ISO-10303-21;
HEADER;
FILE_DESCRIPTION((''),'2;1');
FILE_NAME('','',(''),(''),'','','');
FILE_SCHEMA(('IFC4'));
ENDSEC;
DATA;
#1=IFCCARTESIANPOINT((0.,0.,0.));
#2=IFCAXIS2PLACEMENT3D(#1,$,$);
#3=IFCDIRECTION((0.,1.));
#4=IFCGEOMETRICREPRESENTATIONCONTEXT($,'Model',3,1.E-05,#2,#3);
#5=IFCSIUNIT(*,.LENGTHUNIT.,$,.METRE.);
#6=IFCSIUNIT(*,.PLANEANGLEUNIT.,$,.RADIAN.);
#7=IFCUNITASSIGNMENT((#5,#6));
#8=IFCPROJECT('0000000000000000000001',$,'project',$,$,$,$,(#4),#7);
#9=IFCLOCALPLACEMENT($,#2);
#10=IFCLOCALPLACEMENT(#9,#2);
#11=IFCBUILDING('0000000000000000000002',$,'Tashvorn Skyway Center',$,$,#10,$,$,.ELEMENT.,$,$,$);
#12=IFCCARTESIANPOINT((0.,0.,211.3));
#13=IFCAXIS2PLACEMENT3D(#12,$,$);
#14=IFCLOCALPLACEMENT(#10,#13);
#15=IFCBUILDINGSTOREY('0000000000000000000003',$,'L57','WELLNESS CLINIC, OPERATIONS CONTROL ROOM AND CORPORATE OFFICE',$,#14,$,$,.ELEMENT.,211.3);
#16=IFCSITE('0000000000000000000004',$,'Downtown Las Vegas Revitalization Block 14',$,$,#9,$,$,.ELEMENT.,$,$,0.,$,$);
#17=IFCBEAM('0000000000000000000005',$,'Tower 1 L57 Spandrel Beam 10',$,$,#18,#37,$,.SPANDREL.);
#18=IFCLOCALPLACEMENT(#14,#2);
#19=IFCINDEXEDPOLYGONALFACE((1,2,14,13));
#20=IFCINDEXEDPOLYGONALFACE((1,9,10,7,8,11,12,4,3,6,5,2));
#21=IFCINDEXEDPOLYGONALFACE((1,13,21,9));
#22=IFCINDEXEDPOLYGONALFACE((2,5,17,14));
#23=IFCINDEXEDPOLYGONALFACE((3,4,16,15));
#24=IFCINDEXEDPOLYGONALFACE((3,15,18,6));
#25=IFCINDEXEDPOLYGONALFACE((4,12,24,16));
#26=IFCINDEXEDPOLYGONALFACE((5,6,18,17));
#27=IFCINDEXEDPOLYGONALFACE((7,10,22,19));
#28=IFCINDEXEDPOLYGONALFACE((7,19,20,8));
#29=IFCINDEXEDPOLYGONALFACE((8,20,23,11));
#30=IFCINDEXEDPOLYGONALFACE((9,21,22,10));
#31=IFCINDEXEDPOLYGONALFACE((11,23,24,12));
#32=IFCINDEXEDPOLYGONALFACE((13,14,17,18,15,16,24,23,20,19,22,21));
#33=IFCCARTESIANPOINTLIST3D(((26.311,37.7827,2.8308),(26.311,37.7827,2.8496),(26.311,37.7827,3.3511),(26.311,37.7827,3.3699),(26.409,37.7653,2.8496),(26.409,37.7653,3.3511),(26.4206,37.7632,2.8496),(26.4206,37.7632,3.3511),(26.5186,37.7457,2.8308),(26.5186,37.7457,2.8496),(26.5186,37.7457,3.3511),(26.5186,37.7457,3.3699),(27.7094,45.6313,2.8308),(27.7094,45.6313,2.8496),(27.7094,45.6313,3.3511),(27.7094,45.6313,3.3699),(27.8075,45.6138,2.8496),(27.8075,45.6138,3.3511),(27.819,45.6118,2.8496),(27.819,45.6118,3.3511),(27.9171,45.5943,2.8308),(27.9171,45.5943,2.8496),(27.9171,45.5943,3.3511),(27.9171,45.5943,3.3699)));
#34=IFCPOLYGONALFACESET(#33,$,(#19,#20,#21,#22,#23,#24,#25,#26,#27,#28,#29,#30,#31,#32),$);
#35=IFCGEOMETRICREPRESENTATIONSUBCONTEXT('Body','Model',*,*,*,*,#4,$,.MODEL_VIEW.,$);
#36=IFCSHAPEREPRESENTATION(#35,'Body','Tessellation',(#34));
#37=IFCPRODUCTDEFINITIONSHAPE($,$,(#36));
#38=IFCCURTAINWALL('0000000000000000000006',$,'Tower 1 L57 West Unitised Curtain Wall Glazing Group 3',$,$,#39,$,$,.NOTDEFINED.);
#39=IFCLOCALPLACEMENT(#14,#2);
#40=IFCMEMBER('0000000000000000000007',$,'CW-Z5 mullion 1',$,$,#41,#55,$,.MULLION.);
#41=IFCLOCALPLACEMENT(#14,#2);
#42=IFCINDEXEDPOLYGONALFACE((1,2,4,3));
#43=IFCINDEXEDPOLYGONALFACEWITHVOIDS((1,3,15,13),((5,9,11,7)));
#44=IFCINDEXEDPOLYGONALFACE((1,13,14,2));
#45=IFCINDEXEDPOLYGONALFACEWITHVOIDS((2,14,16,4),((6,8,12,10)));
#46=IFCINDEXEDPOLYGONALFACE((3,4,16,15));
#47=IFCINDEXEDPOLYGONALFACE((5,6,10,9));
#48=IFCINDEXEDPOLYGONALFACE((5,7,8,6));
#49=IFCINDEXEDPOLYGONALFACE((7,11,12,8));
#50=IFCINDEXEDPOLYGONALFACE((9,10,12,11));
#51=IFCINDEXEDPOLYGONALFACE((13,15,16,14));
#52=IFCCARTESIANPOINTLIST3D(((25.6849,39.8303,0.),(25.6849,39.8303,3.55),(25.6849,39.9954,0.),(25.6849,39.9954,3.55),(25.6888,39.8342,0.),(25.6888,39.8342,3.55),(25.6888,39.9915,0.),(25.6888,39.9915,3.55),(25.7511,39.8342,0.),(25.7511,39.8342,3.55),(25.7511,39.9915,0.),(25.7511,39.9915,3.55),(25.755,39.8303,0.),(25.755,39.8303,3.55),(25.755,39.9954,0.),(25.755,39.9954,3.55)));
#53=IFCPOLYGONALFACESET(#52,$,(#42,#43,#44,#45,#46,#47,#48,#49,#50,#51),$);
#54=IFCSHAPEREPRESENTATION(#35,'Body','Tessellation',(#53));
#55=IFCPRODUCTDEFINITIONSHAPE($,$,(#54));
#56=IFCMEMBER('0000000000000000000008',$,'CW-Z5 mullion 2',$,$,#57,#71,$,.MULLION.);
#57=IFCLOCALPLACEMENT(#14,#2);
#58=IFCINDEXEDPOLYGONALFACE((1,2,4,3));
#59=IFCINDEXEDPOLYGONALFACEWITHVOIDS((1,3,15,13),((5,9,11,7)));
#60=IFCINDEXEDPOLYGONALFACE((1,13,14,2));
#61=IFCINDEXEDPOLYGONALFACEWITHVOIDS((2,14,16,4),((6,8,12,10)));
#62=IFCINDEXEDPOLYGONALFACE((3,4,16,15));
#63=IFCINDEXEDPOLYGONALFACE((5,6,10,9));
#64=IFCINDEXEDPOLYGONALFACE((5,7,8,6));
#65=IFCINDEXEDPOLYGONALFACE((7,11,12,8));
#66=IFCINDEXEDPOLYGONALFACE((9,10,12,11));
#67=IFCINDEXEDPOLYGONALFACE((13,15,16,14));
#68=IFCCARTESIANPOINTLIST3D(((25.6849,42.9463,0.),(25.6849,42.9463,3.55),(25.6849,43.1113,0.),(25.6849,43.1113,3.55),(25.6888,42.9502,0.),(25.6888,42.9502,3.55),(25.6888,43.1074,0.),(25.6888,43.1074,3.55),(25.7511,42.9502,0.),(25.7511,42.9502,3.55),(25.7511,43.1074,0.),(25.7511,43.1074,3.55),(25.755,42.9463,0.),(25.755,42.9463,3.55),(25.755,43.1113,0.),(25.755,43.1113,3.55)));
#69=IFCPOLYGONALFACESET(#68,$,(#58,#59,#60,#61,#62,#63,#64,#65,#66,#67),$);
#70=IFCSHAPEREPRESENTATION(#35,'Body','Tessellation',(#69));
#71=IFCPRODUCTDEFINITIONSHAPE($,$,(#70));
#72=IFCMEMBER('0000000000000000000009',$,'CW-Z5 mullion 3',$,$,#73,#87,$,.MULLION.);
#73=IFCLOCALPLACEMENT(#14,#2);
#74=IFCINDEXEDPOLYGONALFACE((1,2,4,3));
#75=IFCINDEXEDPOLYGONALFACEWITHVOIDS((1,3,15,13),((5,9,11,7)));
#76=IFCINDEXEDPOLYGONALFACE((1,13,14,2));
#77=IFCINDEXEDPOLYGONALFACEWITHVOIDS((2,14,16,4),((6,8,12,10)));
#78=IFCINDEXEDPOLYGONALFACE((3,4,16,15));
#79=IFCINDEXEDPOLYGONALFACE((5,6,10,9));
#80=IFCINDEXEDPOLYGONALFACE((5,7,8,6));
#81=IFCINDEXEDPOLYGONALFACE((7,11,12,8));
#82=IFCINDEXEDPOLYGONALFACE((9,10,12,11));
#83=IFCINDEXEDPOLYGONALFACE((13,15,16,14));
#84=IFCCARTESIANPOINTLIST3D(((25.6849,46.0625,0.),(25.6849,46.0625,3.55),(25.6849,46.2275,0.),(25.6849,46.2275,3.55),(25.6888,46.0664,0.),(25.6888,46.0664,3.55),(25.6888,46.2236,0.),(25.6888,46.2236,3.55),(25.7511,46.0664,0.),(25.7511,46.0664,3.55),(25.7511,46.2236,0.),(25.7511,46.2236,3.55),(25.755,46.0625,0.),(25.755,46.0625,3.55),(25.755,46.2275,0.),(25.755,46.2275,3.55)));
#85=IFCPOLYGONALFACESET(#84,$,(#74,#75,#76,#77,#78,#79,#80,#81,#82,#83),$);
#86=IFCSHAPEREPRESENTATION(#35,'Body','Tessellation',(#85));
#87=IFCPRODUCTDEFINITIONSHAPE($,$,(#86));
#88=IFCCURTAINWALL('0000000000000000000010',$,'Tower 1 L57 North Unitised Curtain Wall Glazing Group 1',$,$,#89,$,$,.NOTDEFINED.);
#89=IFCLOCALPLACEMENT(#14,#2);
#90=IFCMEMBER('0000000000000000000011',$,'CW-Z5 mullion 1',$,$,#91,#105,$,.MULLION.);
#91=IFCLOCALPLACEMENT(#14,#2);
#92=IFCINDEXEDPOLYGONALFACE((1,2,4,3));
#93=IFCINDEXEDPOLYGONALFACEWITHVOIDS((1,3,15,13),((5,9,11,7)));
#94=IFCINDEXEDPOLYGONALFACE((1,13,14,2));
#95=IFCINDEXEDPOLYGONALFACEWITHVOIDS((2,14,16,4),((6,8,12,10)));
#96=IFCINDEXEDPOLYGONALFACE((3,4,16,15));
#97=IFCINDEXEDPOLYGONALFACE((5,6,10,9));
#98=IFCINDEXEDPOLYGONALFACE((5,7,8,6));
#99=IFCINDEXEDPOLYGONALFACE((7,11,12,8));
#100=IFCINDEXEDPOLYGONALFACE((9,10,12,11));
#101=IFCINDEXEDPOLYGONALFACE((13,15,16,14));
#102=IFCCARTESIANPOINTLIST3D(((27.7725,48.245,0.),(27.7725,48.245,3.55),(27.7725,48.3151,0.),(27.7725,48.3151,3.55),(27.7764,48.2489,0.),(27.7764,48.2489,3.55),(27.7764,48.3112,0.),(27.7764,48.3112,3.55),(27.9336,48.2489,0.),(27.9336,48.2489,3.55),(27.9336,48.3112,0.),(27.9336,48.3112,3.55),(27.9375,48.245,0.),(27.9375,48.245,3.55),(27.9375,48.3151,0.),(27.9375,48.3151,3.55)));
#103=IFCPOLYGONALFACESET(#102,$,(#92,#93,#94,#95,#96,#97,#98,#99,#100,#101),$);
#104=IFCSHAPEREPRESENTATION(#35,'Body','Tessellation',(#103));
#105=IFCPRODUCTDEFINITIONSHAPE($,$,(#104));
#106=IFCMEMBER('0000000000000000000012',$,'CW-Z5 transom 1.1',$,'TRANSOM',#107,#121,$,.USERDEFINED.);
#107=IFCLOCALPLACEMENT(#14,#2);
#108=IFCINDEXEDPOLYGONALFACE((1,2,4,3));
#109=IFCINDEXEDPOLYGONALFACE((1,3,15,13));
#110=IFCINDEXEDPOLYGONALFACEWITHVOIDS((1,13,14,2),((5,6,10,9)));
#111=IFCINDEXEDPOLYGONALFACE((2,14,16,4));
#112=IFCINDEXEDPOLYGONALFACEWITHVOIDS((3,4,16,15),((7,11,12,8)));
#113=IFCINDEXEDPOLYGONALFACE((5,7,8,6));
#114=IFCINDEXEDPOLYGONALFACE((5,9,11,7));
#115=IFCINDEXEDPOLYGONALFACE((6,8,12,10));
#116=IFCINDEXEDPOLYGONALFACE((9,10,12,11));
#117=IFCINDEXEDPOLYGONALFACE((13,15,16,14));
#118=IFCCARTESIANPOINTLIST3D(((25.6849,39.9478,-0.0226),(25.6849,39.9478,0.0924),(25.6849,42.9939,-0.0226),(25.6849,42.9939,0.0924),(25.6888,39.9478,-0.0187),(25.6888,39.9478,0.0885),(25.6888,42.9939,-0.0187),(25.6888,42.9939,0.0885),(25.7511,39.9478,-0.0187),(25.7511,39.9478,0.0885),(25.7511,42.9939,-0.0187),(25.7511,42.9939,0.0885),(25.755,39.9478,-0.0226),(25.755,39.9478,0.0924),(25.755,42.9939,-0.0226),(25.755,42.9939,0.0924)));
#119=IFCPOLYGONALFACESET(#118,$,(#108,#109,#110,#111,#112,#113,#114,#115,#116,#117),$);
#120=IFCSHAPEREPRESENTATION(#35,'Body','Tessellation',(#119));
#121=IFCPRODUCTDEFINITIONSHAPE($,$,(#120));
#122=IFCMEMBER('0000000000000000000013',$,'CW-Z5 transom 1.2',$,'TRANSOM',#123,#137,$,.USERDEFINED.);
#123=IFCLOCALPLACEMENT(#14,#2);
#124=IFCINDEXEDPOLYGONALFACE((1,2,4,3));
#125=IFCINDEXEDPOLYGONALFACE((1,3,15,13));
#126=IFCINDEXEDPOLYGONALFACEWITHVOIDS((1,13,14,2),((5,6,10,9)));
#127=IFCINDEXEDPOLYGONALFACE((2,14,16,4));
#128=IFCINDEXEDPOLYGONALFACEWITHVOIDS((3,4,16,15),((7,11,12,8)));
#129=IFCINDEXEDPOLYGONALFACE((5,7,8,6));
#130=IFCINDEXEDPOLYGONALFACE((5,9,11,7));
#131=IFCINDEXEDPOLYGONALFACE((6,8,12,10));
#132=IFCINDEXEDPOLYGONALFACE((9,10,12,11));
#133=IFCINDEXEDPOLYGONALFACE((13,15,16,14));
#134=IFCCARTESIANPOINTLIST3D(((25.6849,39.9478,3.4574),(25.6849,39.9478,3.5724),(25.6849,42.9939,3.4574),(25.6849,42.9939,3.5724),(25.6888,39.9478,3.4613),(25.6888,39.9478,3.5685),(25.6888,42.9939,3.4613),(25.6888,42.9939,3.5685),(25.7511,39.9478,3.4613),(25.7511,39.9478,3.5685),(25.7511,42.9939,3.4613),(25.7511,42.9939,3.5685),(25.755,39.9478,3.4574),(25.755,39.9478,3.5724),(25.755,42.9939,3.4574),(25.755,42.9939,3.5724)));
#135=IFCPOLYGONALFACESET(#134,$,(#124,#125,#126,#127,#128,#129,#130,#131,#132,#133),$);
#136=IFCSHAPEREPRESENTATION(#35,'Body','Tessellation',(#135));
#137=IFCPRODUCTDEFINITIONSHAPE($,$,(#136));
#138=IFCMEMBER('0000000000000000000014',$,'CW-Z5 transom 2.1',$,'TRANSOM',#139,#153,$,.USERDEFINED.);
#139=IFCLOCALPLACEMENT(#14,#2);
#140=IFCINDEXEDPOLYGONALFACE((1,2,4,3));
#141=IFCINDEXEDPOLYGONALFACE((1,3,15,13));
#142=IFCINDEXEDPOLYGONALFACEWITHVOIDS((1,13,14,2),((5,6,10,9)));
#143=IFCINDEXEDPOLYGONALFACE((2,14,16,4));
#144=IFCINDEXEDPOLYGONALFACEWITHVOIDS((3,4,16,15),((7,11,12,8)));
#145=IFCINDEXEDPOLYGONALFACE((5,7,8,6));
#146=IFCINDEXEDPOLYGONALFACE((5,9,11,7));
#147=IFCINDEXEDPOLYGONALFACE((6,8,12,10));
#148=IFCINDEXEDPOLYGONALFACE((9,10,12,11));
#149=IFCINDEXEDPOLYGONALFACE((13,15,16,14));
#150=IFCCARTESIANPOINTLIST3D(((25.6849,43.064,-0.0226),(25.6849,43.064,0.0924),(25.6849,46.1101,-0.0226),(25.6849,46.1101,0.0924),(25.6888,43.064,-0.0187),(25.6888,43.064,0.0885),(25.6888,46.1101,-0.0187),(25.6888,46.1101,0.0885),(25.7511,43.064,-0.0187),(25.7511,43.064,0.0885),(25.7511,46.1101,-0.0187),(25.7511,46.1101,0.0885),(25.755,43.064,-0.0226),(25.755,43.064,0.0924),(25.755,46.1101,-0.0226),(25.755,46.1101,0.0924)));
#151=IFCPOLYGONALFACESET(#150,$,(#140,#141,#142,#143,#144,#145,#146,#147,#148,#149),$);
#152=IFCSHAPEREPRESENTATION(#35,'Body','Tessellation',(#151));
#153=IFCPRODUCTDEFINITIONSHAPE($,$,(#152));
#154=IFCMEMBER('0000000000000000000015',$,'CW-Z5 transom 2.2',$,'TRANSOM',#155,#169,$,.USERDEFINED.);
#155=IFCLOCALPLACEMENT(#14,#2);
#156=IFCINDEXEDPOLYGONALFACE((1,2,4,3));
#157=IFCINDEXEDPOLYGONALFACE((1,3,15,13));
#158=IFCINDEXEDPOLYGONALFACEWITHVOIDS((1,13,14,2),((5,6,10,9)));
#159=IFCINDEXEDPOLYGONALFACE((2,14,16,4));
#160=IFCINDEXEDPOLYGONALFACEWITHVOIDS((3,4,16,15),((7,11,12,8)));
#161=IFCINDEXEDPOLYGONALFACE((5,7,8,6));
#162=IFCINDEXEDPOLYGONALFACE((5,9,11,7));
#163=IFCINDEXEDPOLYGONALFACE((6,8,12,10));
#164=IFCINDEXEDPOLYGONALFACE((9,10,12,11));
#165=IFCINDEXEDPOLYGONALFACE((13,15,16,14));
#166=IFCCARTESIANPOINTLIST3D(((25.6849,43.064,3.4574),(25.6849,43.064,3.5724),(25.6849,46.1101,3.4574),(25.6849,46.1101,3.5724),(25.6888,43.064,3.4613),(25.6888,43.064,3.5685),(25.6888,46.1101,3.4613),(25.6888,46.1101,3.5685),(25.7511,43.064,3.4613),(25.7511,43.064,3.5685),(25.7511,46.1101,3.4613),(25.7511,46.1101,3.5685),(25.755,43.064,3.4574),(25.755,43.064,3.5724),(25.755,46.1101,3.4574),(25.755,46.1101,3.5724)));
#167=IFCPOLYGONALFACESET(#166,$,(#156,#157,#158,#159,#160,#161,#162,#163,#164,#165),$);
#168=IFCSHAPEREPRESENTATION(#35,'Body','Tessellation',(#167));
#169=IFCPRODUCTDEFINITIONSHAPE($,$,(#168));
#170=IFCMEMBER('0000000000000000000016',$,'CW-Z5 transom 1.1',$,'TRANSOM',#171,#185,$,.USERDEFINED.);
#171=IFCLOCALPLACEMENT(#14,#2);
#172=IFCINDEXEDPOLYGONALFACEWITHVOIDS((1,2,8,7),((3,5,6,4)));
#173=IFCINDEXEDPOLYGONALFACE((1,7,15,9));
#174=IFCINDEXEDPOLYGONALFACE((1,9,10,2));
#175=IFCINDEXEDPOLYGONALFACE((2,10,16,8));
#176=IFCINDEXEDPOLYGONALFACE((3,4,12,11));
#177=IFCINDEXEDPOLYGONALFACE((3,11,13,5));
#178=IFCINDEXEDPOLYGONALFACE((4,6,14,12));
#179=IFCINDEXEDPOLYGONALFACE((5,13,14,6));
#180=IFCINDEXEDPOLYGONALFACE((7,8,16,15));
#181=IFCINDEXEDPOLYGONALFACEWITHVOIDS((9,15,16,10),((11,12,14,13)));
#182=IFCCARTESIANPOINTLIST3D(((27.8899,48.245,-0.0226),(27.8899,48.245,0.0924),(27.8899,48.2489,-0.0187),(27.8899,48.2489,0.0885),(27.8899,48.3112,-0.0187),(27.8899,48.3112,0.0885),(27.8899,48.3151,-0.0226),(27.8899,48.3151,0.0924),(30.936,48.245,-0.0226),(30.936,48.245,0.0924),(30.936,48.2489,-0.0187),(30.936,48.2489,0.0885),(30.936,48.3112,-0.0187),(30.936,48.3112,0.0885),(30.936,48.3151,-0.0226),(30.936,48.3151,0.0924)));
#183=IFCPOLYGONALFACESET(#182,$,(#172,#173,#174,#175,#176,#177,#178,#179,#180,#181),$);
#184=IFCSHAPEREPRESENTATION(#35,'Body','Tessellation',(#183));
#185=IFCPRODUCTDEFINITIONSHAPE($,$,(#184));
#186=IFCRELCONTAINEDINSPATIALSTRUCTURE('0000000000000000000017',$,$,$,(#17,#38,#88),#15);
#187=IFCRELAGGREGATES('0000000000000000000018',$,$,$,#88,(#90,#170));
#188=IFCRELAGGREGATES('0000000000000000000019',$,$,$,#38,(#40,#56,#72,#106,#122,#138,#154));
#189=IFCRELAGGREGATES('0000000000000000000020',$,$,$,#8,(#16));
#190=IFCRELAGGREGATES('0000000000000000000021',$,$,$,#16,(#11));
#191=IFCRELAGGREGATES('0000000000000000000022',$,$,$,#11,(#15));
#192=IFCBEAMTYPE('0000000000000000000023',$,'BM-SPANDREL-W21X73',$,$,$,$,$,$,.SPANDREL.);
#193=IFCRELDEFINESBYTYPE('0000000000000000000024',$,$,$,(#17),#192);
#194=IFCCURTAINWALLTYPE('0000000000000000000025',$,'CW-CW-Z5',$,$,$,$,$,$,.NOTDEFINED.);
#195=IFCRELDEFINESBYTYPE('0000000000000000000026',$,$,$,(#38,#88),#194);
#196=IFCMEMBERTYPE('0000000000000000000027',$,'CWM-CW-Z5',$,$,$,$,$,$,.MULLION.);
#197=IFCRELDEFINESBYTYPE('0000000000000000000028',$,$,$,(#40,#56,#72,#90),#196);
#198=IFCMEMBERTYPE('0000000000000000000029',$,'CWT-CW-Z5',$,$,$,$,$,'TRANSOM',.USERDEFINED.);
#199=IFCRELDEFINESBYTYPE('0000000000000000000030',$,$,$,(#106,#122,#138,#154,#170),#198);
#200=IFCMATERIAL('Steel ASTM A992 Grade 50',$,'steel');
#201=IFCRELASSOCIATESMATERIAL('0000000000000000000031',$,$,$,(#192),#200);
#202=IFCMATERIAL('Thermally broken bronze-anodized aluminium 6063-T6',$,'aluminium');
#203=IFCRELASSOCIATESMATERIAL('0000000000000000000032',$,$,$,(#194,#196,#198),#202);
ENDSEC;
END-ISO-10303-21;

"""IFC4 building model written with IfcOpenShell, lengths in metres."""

from ifc_helpers import new_model, si_unit, direction, frame, origin, origin_2d, place, context, subcontext, project, spatial, hollow_rectangle, i_section, extrude, material, material_profile, profile_set, type_object, element, aggregate, save


model = new_model("IFC4")

# Units and contexts
model_context = context("Model", 3, precision=1e-05, world=origin(), true_north=direction((0.0, 1.0)))
body_context = subcontext(model_context, "Body", "Model", "MODEL_VIEW")
ifc_project = project(units=[si_unit("LENGTHUNIT", "METRE"), si_unit("PLANEANGLEUNIT", "RADIAN")], contexts=[model_context])

# Site, building, storey
site_placement = place(None, origin())
site = spatial("IfcSite", under=ifc_project, at=site_placement, Name="Downtown Las Vegas Revitalization Block 14", CompositionType="ELEMENT", RefElevation=0.0)
building_placement = place(site_placement, origin())
building = spatial("IfcBuilding", under=site, at=building_placement, Name="Tashvorn Skyway Center", CompositionType="ELEMENT")
storey_placement = place(building_placement, frame((0.0, 0.0, 211.3)))
storey = spatial("IfcBuildingStorey", under=building, at=storey_placement, Name="L57", Description="WELLNESS CLINIC, OPERATIONS CONTROL ROOM AND CORPORATE OFFICE", CompositionType="ELEMENT", Elevation=211.3)

# Beam
ifc_material_1 = material(Name="Steel ASTM A992 Grade 50", Category="steel")
ifc_material_profile_1 = material_profile(ifc_material_1, i_section(OverallWidth=0.2109, OverallDepth=0.5391, WebThickness=0.0117, FlangeThickness=0.0188, at=origin_2d()), Name="W21X73")
ifc_profile_set_1 = profile_set([ifc_material_profile_1], Name="Steel ASTM A992 Grade 50")
beam_type = type_object("IfcBeamType", Name="BM-SPANDREL-W21X73", PredefinedType="SPANDREL", material=ifc_profile_set_1)
beam_placement = place(storey_placement, frame((27.8132, 45.6128, 3.1003), z_axis=(-0.175413, -0.984495, 0.0), x_axis=(0.984495, -0.175413, 0.0)))
element("IfcBeam", 1, at=beam_placement, inside=storey, type_object=beam_type, Name="Tower 1 L57 Spandrel Beam 10", PredefinedType="SPANDREL", context=body_context, shape_type="SweptSolid", body=[
    extrude(i_section(OverallWidth=0.2109, OverallDepth=0.5391, WebThickness=0.0117, FlangeThickness=0.0188, at=origin_2d()), origin(), (0.0, 0.0, 1.0), 7.9722),
])

# Curtain wall, members
ifc_material_2 = material(Name="Thermally broken bronze-anodized aluminium 6063-T6", Category="aluminium")
curtain_wall_type = type_object("IfcCurtainWallType", Name="CW-CW-Z5", PredefinedType="NOTDEFINED", material=ifc_material_2)
curtain_wall_1_placement = place(storey_placement, origin())
curtain_wall_1 = element("IfcCurtainWall", 2, at=curtain_wall_1_placement, inside=storey, type_object=curtain_wall_type, Name="Tower 1 L57 West Unitised Curtain Wall Glazing Group 3", PredefinedType="NOTDEFINED")
ifc_material_profile_2 = material_profile(ifc_material_2, hollow_rectangle(XDim=0.0701, YDim=0.165, WallThickness=0.0039, at=origin_2d()), Name="ALU-MULL-70x165")
ifc_profile_set_2 = profile_set([ifc_material_profile_2], Name="Thermally broken bronze-anodized aluminium 6063-T6")
member_type_1 = type_object("IfcMemberType", Name="CWM-CW-Z5", PredefinedType="MULLION", material=ifc_profile_set_2)
member_1_placement = place(storey_placement, frame((25.72, 39.9128, 0.0), z_axis=(0.0, 0.0, 1.0), x_axis=(-1.0, 0.0, 0.0)))
member_1 = element("IfcMember", 3, at=member_1_placement, type_object=member_type_1, Name="CW-Z5 mullion 1", PredefinedType="MULLION", context=body_context, shape_type="SweptSolid", body=[
    extrude(hollow_rectangle(XDim=0.0701, YDim=0.165, WallThickness=0.0039, at=origin_2d()), origin(), (0.0, 0.0, 1.0), 3.55),
])
member_2_placement = place(storey_placement, frame((25.72, 43.0288, 0.0), z_axis=(0.0, 0.0, 1.0), x_axis=(-1.0, 0.0, 0.0)))
member_2 = element("IfcMember", 4, at=member_2_placement, type_object=member_type_1, Name="CW-Z5 mullion 2", PredefinedType="MULLION", context=body_context, shape_type="SweptSolid", body=[
    extrude(hollow_rectangle(XDim=0.0701, YDim=0.165, WallThickness=0.0039, at=origin_2d()), origin(), (0.0, 0.0, 1.0), 3.55),
])
member_3_placement = place(storey_placement, frame((25.72, 46.145, 0.0), z_axis=(0.0, 0.0, 1.0), x_axis=(-1.0, 0.0, 0.0)))
member_3 = element("IfcMember", 5, at=member_3_placement, type_object=member_type_1, Name="CW-Z5 mullion 3", PredefinedType="MULLION", context=body_context, shape_type="SweptSolid", body=[
    extrude(hollow_rectangle(XDim=0.0701, YDim=0.165, WallThickness=0.0039, at=origin_2d()), origin(), (0.0, 0.0, 1.0), 3.55),
])

# Curtain wall, member
curtain_wall_2_placement = place(storey_placement, origin())
curtain_wall_2 = element("IfcCurtainWall", 6, at=curtain_wall_2_placement, inside=storey, type_object=curtain_wall_type, Name="Tower 1 L57 North Unitised Curtain Wall Glazing Group 1", PredefinedType="NOTDEFINED")
member_4_placement = place(storey_placement, frame((27.855, 48.28, 0.0), z_axis=(0.0, 0.0, 1.0), x_axis=(0.0, 1.0, 0.0)))
member_4 = element("IfcMember", 7, at=member_4_placement, type_object=member_type_1, Name="CW-Z5 mullion 1", PredefinedType="MULLION", context=body_context, shape_type="SweptSolid", body=[
    extrude(hollow_rectangle(XDim=0.0701, YDim=0.165, WallThickness=0.0039, at=origin_2d()), origin(), (0.0, 0.0, 1.0), 3.55),
])

# Members
ifc_material_profile_3 = material_profile(ifc_material_2, hollow_rectangle(XDim=0.0701, YDim=0.115, WallThickness=0.0039, at=origin_2d()), Name="ALU-TRAN-70x115")
ifc_profile_set_3 = profile_set([ifc_material_profile_3], Name="Thermally broken bronze-anodized aluminium 6063-T6")
member_type_2 = type_object("IfcMemberType", Name="CWT-CW-Z5", ElementType="TRANSOM", PredefinedType="USERDEFINED", material=ifc_profile_set_3)
member_5_placement = place(storey_placement, frame((25.72, 39.9478, 0.0349), z_axis=(0.0, 1.0, 0.0), x_axis=(-1.0, 0.0, 0.0)))
member_5 = element("IfcMember", 8, at=member_5_placement, type_object=member_type_2, Name="CW-Z5 transom 1.1", ObjectType="TRANSOM", PredefinedType="USERDEFINED", context=body_context, shape_type="SweptSolid", body=[
    extrude(hollow_rectangle(XDim=0.0701, YDim=0.115, WallThickness=0.0039, at=origin_2d()), origin(), (0.0, 0.0, 1.0), 3.0461),
])
member_6_placement = place(storey_placement, frame((25.72, 39.9478, 3.5149), z_axis=(0.0, 1.0, 0.0), x_axis=(-1.0, 0.0, 0.0)))
member_6 = element("IfcMember", 9, at=member_6_placement, type_object=member_type_2, Name="CW-Z5 transom 1.2", ObjectType="TRANSOM", PredefinedType="USERDEFINED", context=body_context, shape_type="SweptSolid", body=[
    extrude(hollow_rectangle(XDim=0.0701, YDim=0.115, WallThickness=0.0039, at=origin_2d()), origin(), (0.0, 0.0, 1.0), 3.0461),
])
member_7_placement = place(storey_placement, frame((25.72, 43.064, 0.0349), z_axis=(0.0, 1.0, 0.0), x_axis=(-1.0, 0.0, 0.0)))
member_7 = element("IfcMember", 10, at=member_7_placement, type_object=member_type_2, Name="CW-Z5 transom 2.1", ObjectType="TRANSOM", PredefinedType="USERDEFINED", context=body_context, shape_type="SweptSolid", body=[
    extrude(hollow_rectangle(XDim=0.0701, YDim=0.115, WallThickness=0.0039, at=origin_2d()), origin(), (0.0, 0.0, 1.0), 3.0461),
])
member_8_placement = place(storey_placement, frame((25.72, 43.064, 3.5149), z_axis=(0.0, 1.0, 0.0), x_axis=(-1.0, 0.0, 0.0)))
member_8 = element("IfcMember", 11, at=member_8_placement, type_object=member_type_2, Name="CW-Z5 transom 2.2", ObjectType="TRANSOM", PredefinedType="USERDEFINED", context=body_context, shape_type="SweptSolid", body=[
    extrude(hollow_rectangle(XDim=0.0701, YDim=0.115, WallThickness=0.0039, at=origin_2d()), origin(), (0.0, 0.0, 1.0), 3.0461),
])
member_9_placement = place(storey_placement, frame((27.8899, 48.28, 0.0349), z_axis=(1.0, 0.0, 0.0), x_axis=(0.0, 1.0, 0.0)))
member_9 = element("IfcMember", 12, at=member_9_placement, type_object=member_type_2, Name="CW-Z5 transom 1.1", ObjectType="TRANSOM", PredefinedType="USERDEFINED", context=body_context, shape_type="SweptSolid", body=[
    extrude(hollow_rectangle(XDim=0.0701, YDim=0.115, WallThickness=0.0039, at=origin_2d()), origin(), (0.0, 0.0, 1.0), 3.0461),
])
aggregate(curtain_wall_2, [member_4, member_9])

aggregate(curtain_wall_1, [member_1, member_2, member_3, member_5, member_6, member_7, member_8])

save(model, "model.ifc")
